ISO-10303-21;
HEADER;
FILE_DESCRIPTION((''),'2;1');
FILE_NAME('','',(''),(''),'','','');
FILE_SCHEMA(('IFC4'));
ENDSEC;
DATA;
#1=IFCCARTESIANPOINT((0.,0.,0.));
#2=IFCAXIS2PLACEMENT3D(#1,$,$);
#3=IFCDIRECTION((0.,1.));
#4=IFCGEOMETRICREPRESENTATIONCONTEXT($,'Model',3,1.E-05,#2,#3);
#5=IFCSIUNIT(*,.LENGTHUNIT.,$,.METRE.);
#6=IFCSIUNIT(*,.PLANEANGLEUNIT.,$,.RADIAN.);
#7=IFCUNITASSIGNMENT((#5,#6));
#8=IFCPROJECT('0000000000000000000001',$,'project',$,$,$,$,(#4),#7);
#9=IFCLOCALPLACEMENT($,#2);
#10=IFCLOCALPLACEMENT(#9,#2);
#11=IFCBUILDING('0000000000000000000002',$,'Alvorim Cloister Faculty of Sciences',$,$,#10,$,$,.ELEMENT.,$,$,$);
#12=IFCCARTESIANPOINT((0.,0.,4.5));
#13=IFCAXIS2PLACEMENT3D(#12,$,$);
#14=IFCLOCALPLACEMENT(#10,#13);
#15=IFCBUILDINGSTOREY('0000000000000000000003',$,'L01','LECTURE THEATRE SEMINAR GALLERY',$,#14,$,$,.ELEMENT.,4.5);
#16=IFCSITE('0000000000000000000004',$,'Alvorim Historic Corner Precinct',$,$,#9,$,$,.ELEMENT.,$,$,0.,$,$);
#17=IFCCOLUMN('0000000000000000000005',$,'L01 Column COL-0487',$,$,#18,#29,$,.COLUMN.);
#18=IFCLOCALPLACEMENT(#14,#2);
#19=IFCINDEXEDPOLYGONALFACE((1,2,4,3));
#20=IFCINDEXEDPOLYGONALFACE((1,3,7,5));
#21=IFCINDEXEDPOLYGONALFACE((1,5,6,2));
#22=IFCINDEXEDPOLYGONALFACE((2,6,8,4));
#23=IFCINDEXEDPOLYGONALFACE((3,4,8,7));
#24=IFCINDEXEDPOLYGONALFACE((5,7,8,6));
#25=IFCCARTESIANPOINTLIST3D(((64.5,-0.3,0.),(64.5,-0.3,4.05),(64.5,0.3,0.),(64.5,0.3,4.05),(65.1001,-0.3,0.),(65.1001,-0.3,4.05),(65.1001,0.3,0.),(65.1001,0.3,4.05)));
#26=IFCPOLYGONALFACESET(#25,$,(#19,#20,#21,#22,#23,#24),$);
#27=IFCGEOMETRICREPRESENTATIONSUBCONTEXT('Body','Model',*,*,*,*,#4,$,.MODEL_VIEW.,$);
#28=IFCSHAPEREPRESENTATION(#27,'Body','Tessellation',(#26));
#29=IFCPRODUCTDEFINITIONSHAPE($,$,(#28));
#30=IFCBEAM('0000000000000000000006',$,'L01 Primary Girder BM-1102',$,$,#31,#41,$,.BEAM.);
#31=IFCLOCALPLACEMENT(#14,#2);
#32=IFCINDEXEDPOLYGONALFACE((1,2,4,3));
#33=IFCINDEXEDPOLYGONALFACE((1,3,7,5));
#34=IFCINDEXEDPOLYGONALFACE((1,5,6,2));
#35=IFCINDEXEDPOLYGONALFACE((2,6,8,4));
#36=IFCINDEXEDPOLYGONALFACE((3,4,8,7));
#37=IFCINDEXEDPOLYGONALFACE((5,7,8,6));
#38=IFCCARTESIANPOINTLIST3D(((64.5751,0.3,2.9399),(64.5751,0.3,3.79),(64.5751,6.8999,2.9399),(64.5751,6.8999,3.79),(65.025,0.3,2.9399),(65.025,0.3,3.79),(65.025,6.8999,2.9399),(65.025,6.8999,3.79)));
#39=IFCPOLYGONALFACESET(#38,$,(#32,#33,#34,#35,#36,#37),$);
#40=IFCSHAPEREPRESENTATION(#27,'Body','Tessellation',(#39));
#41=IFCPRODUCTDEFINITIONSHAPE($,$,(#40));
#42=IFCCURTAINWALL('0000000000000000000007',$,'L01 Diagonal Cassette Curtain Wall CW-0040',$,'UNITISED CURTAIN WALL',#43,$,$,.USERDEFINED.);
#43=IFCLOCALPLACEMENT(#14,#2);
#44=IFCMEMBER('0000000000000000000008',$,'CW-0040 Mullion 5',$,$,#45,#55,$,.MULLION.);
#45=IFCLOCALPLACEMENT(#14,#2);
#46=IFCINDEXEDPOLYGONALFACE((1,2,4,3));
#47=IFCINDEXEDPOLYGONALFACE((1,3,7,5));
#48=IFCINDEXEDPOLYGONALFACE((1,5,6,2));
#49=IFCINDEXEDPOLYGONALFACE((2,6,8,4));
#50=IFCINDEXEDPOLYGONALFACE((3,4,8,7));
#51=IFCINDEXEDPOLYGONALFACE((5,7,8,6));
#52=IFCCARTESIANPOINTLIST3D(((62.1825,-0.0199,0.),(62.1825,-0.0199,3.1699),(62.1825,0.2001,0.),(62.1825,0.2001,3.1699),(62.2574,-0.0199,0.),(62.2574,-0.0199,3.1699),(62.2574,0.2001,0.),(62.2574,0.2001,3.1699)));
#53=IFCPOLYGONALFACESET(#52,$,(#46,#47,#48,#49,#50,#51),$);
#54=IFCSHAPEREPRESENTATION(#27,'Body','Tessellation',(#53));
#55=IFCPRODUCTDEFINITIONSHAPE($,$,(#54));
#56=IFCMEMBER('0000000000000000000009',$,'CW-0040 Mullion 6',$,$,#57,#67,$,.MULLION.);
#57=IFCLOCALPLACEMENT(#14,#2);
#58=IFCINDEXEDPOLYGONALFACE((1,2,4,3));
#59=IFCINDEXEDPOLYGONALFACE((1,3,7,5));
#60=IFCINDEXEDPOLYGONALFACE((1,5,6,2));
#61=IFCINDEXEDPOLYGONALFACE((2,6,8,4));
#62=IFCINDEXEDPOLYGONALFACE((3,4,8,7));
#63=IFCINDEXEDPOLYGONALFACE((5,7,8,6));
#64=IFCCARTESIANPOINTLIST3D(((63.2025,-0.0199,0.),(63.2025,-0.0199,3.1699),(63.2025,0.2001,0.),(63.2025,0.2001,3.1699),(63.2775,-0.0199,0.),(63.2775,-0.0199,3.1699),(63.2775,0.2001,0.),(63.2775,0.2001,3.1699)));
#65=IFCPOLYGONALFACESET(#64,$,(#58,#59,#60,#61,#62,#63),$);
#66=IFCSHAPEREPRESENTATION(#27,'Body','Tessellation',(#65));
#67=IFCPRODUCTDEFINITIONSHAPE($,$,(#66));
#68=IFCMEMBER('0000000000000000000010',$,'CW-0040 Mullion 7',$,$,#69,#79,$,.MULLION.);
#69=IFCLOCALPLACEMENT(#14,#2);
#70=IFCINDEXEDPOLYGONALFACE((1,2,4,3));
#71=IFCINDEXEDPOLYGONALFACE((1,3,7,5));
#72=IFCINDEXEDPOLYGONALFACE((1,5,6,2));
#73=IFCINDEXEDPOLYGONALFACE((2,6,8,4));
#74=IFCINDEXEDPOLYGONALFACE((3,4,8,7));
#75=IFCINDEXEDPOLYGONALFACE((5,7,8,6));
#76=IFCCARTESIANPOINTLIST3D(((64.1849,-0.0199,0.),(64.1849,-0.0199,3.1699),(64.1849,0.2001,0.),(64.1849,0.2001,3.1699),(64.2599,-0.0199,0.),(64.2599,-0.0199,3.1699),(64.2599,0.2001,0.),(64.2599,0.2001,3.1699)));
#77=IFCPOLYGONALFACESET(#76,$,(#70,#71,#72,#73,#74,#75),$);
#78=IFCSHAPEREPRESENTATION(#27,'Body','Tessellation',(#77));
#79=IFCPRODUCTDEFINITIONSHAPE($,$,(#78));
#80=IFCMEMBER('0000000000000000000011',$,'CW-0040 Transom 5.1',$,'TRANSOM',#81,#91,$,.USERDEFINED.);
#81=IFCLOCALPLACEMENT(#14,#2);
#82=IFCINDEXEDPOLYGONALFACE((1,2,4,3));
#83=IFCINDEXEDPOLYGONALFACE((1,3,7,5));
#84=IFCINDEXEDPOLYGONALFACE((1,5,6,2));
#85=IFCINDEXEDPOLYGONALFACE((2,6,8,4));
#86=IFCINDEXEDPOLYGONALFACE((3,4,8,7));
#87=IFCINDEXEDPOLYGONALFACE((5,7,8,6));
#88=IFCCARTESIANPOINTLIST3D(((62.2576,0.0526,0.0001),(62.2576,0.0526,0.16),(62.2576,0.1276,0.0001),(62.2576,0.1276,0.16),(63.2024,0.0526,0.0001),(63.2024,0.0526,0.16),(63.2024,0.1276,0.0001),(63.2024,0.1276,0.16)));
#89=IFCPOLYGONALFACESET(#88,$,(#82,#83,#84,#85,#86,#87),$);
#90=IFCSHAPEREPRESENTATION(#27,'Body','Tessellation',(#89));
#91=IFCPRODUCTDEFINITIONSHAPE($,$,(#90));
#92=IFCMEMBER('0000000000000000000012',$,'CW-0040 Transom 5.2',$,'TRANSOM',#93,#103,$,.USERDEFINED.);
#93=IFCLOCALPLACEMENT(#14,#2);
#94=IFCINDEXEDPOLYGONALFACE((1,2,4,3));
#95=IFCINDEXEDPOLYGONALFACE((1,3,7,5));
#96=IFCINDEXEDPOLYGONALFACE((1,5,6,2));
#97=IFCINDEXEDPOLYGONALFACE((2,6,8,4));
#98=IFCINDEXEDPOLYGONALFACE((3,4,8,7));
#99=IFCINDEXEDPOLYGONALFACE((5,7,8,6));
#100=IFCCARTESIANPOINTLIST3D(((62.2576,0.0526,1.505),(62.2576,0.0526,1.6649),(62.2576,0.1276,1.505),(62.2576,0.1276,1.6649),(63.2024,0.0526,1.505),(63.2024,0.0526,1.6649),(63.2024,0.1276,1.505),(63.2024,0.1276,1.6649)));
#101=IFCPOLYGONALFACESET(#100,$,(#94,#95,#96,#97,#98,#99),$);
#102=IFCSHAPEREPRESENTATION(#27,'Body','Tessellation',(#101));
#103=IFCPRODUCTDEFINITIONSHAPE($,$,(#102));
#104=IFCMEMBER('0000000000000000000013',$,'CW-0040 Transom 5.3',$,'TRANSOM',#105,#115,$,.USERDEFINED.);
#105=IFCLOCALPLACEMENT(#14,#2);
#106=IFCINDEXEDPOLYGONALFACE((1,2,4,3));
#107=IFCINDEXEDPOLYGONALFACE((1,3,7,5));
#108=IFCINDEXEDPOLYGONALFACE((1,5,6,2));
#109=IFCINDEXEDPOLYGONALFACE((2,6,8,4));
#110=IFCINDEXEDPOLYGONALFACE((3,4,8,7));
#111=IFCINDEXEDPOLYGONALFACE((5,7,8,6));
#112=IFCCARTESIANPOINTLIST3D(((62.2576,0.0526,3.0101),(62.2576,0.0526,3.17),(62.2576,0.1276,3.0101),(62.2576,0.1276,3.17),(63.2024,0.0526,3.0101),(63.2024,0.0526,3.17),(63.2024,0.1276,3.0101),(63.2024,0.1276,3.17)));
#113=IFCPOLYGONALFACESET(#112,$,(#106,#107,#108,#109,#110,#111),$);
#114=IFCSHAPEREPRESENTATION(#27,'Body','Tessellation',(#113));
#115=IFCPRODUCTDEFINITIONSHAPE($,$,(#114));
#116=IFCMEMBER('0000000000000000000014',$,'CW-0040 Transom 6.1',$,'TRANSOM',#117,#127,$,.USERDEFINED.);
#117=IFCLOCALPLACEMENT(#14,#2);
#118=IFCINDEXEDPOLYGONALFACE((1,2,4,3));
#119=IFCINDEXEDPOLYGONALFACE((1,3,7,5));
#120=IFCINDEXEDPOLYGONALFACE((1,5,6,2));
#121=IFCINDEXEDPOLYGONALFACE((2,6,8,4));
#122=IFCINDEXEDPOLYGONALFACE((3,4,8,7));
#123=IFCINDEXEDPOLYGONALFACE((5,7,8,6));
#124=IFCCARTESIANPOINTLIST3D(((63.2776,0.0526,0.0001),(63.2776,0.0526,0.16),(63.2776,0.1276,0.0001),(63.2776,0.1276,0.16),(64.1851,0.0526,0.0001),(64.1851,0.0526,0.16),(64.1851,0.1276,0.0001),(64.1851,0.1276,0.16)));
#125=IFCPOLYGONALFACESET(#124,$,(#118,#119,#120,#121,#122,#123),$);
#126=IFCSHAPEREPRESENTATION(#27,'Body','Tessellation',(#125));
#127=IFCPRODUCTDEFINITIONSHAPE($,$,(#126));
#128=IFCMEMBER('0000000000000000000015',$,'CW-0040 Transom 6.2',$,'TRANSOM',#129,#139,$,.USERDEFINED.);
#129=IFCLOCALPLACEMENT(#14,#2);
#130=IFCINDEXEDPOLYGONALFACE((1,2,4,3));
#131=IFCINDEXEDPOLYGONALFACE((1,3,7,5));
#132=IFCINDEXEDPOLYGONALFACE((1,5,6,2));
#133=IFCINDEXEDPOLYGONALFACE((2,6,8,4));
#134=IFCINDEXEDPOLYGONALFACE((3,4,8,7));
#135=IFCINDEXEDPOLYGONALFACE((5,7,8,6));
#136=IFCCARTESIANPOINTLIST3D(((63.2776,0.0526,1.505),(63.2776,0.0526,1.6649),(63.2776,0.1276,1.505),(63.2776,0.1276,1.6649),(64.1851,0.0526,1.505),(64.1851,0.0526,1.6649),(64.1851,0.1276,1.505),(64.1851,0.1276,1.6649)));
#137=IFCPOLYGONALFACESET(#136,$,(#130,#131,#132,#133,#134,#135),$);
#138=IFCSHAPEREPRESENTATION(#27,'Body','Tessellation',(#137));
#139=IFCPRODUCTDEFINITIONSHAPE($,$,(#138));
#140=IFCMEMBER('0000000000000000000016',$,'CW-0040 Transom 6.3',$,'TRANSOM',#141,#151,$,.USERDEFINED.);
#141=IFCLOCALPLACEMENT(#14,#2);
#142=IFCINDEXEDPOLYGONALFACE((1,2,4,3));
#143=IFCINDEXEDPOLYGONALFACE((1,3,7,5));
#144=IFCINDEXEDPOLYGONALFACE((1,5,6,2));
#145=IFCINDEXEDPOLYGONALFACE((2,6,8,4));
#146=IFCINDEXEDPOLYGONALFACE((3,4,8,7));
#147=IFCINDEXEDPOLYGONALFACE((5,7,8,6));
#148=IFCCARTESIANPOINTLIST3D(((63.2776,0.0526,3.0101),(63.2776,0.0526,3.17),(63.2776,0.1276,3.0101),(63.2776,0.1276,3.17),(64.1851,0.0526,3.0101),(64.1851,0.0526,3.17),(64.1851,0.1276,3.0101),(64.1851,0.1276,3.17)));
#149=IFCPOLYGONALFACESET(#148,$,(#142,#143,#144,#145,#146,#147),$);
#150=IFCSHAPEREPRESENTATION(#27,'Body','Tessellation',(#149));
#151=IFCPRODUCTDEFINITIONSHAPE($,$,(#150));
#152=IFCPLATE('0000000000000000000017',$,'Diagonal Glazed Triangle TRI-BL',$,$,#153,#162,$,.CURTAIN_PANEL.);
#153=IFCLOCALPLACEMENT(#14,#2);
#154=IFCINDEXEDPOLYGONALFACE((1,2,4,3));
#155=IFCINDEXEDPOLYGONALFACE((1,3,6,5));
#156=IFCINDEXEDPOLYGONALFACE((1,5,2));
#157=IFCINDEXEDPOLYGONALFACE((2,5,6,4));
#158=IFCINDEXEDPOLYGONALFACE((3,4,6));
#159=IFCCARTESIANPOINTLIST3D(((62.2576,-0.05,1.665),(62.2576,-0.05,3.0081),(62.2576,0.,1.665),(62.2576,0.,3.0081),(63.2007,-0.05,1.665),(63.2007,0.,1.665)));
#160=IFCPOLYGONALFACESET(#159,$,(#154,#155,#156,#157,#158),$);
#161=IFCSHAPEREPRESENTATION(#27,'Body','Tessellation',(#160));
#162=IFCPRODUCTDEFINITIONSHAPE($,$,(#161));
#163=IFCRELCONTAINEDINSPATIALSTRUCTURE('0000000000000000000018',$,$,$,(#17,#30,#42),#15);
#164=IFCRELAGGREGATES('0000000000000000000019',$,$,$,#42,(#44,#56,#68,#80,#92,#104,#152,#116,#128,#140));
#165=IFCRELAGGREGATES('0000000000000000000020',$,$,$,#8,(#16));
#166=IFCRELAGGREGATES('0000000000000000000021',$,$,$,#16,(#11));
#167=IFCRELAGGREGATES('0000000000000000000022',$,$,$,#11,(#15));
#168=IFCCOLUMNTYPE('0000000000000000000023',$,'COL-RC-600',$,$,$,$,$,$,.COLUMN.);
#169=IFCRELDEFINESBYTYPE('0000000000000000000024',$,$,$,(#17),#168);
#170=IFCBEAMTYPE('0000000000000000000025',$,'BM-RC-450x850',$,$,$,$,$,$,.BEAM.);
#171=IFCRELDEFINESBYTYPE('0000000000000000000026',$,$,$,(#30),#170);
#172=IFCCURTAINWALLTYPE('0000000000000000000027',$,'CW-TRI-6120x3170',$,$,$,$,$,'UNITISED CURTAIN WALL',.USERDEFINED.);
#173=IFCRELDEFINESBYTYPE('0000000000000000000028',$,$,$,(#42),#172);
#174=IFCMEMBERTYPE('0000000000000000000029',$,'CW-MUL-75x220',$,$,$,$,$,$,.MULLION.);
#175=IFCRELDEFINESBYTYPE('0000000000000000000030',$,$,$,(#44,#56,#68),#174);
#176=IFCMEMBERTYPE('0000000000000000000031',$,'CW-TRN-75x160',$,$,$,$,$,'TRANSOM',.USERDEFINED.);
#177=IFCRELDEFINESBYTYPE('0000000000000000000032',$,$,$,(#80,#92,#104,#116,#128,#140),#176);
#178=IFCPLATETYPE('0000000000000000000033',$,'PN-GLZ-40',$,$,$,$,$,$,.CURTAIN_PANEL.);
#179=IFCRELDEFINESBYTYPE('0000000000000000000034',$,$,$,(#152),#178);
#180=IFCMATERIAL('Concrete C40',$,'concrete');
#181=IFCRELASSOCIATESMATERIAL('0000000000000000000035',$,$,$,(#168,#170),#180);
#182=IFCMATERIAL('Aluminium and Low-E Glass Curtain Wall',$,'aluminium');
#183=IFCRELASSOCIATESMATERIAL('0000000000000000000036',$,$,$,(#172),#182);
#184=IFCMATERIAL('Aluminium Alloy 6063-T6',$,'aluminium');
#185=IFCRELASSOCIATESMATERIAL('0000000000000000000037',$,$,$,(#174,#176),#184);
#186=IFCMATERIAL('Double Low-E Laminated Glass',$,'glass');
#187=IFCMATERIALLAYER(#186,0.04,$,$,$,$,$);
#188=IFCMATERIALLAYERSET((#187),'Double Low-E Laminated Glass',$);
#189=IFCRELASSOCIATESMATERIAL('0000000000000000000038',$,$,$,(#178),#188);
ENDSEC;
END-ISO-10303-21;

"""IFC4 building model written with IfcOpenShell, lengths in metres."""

from ifc_helpers import new_model, si_unit, direction, frame, origin, origin_2d, place, context, subcontext, project, spatial, polyline, rectangle, outline, extrude, material, layer, layer_set, material_profile, profile_set, type_object, element, aggregate, save


model = new_model("IFC4")

# Units and contexts
model_context = context("Model", 3, precision=1e-05, world=origin(), true_north=direction((0.0, 1.0)))
body_context = subcontext(model_context, "Body", "Model", "MODEL_VIEW")
ifc_project = project(units=[si_unit("LENGTHUNIT", "METRE"), si_unit("PLANEANGLEUNIT", "RADIAN")], contexts=[model_context])

# Site, building, storey
site_placement = place(None, origin())
site = spatial("IfcSite", under=ifc_project, at=site_placement, Name="Alvorim Historic Corner Precinct", CompositionType="ELEMENT", RefElevation=0.0)
building_placement = place(site_placement, origin())
building = spatial("IfcBuilding", under=site, at=building_placement, Name="Alvorim Cloister Faculty of Sciences", CompositionType="ELEMENT")
storey_placement = place(building_placement, frame((0.0, 0.0, 4.5)))
storey = spatial("IfcBuildingStorey", under=building, at=storey_placement, Name="L01", Description="LECTURE THEATRE SEMINAR GALLERY", CompositionType="ELEMENT", Elevation=4.5)

# Column
ifc_material_1 = material(Name="Concrete C40", Category="concrete")
ifc_material_profile_1 = material_profile(ifc_material_1, rectangle(XDim=0.6001, YDim=0.6001, at=origin_2d()), Name="RC40-COL-600x600")
ifc_profile_set_1 = profile_set([ifc_material_profile_1], Name="Concrete C40")
column_type = type_object("IfcColumnType", Name="COL-RC-600", PredefinedType="COLUMN", material=ifc_profile_set_1)
column_placement = place(storey_placement, frame((64.8, 0.0, 0.0), z_axis=(0.0, 0.0, 1.0), x_axis=(1.0, 0.0, 0.0)))
element("IfcColumn", 1, at=column_placement, inside=storey, type_object=column_type, Name="L01 Column COL-0487", PredefinedType="COLUMN", context=body_context, shape_type="SweptSolid", body=[
    extrude(rectangle(XDim=0.6001, YDim=0.6001, at=origin_2d()), origin(), (0.0, 0.0, 1.0), 4.05),
])

# Beam
ifc_material_profile_2 = material_profile(ifc_material_1, rectangle(XDim=0.45, YDim=0.8501, at=origin_2d()), Name="RC40-BM-450x850")
ifc_profile_set_2 = profile_set([ifc_material_profile_2], Name="Concrete C40")
beam_type = type_object("IfcBeamType", Name="BM-RC-450x850", PredefinedType="BEAM", material=ifc_profile_set_2)
beam_placement = place(storey_placement, frame((64.8, 0.3, 3.365), z_axis=(0.0, 1.0, 0.0), x_axis=(-1.0, 0.0, 0.0)))
element("IfcBeam", 2, at=beam_placement, inside=storey, type_object=beam_type, Name="L01 Primary Girder BM-1102", PredefinedType="BEAM", context=body_context, shape_type="SweptSolid", body=[
    extrude(rectangle(XDim=0.45, YDim=0.8501, at=origin_2d()), origin(), (0.0, 0.0, 1.0), 6.5999),
])

# Curtain wall, members, plate
ifc_material_2 = material(Name="Aluminium and Low-E Glass Curtain Wall", Category="aluminium")
curtain_wall_type = type_object("IfcCurtainWallType", Name="CW-TRI-6120x3170", ElementType="UNITISED CURTAIN WALL", PredefinedType="USERDEFINED", material=ifc_material_2)
curtain_wall_placement = place(storey_placement, origin())
curtain_wall = element("IfcCurtainWall", 3, at=curtain_wall_placement, inside=storey, type_object=curtain_wall_type, Name="L01 Diagonal Cassette Curtain Wall CW-0040", ObjectType="UNITISED CURTAIN WALL", PredefinedType="USERDEFINED")
ifc_material_3 = material(Name="Aluminium Alloy 6063-T6", Category="aluminium")
ifc_material_profile_3 = material_profile(ifc_material_3, rectangle(XDim=0.075, YDim=0.22, at=origin_2d()), Name="ALU-MUL-75x220")
ifc_profile_set_3 = profile_set([ifc_material_profile_3], Name="Aluminium Alloy 6063-T6")
member_type_1 = type_object("IfcMemberType", Name="CW-MUL-75x220", PredefinedType="MULLION", material=ifc_profile_set_3)
member_1_placement = place(storey_placement, frame((62.22, 0.0901, 0.0), z_axis=(0.0, 0.0, 1.0), x_axis=(1.0, 0.0, 0.0)))
member_1 = element("IfcMember", 4, at=member_1_placement, type_object=member_type_1, Name="CW-0040 Mullion 5", PredefinedType="MULLION", context=body_context, shape_type="SweptSolid", body=[
    extrude(rectangle(XDim=0.075, YDim=0.22, at=origin_2d()), origin(), (0.0, 0.0, 1.0), 3.1699),
])
member_2_placement = place(storey_placement, frame((63.24, 0.0901, 0.0), z_axis=(0.0, 0.0, 1.0), x_axis=(1.0, 0.0, 0.0)))
member_2 = element("IfcMember", 5, at=member_2_placement, type_object=member_type_1, Name="CW-0040 Mullion 6", PredefinedType="MULLION", context=body_context, shape_type="SweptSolid", body=[
    extrude(rectangle(XDim=0.075, YDim=0.22, at=origin_2d()), origin(), (0.0, 0.0, 1.0), 3.1699),
])
member_3_placement = place(storey_placement, frame((64.2224, 0.0901, 0.0), z_axis=(0.0, 0.0, 1.0), x_axis=(1.0, 0.0, 0.0)))
member_3 = element("IfcMember", 6, at=member_3_placement, type_object=member_type_1, Name="CW-0040 Mullion 7", PredefinedType="MULLION", context=body_context, shape_type="SweptSolid", body=[
    extrude(rectangle(XDim=0.075, YDim=0.22, at=origin_2d()), origin(), (0.0, 0.0, 1.0), 3.1699),
])
ifc_material_profile_4 = material_profile(ifc_material_3, rectangle(XDim=0.075, YDim=0.1599, at=origin_2d()), Name="ALU-TRN-75x160")
ifc_profile_set_4 = profile_set([ifc_material_profile_4], Name="Aluminium Alloy 6063-T6")
member_type_2 = type_object("IfcMemberType", Name="CW-TRN-75x160", ElementType="TRANSOM", PredefinedType="USERDEFINED", material=ifc_profile_set_4)
member_4_placement = place(storey_placement, frame((62.2576, 0.0901, 0.0801), z_axis=(1.0, 0.0, 0.0), x_axis=(0.0, 1.0, 0.0)))
member_4 = element("IfcMember", 7, at=member_4_placement, type_object=member_type_2, Name="CW-0040 Transom 5.1", ObjectType="TRANSOM", PredefinedType="USERDEFINED", context=body_context, shape_type="SweptSolid", body=[
    extrude(rectangle(XDim=0.075, YDim=0.1599, at=origin_2d()), origin(), (0.0, 0.0, 1.0), 0.9448),
])
member_5_placement = place(storey_placement, frame((62.2576, 0.0901, 1.585), z_axis=(1.0, 0.0, 0.0), x_axis=(0.0, 1.0, 0.0)))
member_5 = element("IfcMember", 8, at=member_5_placement, type_object=member_type_2, Name="CW-0040 Transom 5.2", ObjectType="TRANSOM", PredefinedType="USERDEFINED", context=body_context, shape_type="SweptSolid", body=[
    extrude(rectangle(XDim=0.075, YDim=0.1599, at=origin_2d()), origin(), (0.0, 0.0, 1.0), 0.9448),
])
member_6_placement = place(storey_placement, frame((62.2576, 0.0901, 3.0901), z_axis=(1.0, 0.0, 0.0), x_axis=(0.0, 1.0, 0.0)))
member_6 = element("IfcMember", 9, at=member_6_placement, type_object=member_type_2, Name="CW-0040 Transom 5.3", ObjectType="TRANSOM", PredefinedType="USERDEFINED", context=body_context, shape_type="SweptSolid", body=[
    extrude(rectangle(XDim=0.075, YDim=0.1599, at=origin_2d()), origin(), (0.0, 0.0, 1.0), 0.9448),
])
member_7_placement = place(storey_placement, frame((63.2776, 0.0901, 0.0801), z_axis=(1.0, 0.0, 0.0), x_axis=(0.0, 1.0, 0.0)))
member_7 = element("IfcMember", 10, at=member_7_placement, type_object=member_type_2, Name="CW-0040 Transom 6.1", ObjectType="TRANSOM", PredefinedType="USERDEFINED", context=body_context, shape_type="SweptSolid", body=[
    extrude(rectangle(XDim=0.075, YDim=0.1599, at=origin_2d()), origin(), (0.0, 0.0, 1.0), 0.9075),
])
member_8_placement = place(storey_placement, frame((63.2776, 0.0901, 1.585), z_axis=(1.0, 0.0, 0.0), x_axis=(0.0, 1.0, 0.0)))
member_8 = element("IfcMember", 11, at=member_8_placement, type_object=member_type_2, Name="CW-0040 Transom 6.2", ObjectType="TRANSOM", PredefinedType="USERDEFINED", context=body_context, shape_type="SweptSolid", body=[
    extrude(rectangle(XDim=0.075, YDim=0.1599, at=origin_2d()), origin(), (0.0, 0.0, 1.0), 0.9075),
])
member_9_placement = place(storey_placement, frame((63.2776, 0.0901, 3.0901), z_axis=(1.0, 0.0, 0.0), x_axis=(0.0, 1.0, 0.0)))
member_9 = element("IfcMember", 12, at=member_9_placement, type_object=member_type_2, Name="CW-0040 Transom 6.3", ObjectType="TRANSOM", PredefinedType="USERDEFINED", context=body_context, shape_type="SweptSolid", body=[
    extrude(rectangle(XDim=0.075, YDim=0.1599, at=origin_2d()), origin(), (0.0, 0.0, 1.0), 0.9075),
])
ifc_material_4 = material(Name="Double Low-E Laminated Glass", Category="glass")
ifc_layer_1 = layer(ifc_material_4, 0.04)
ifc_layer_set_1 = layer_set([ifc_layer_1], Name="Double Low-E Laminated Glass")
plate_type = type_object("IfcPlateType", Name="PN-GLZ-40", PredefinedType="CURTAIN_PANEL", material=ifc_layer_set_1)
plate_1_placement = place(storey_placement, frame((62.2576, -0.0249, 1.665), z_axis=(0.0, 0.0, 1.0), x_axis=(1.0, 0.0, 0.0)))
plate_1 = element("IfcPlate", 13, at=plate_1_placement, type_object=plate_type, Name="Diagonal Glazed Triangle TRI-BL", PredefinedType="CURTAIN_PANEL", context=body_context, shape_type="SweptSolid", body=[
    extrude(outline(polyline([(0.0, 0.0), (0.9431, 0.0), (0.0, 1.343), (0.0, 0.0)])), frame((0.0, 0.0249, 0.0), z_axis=(0.0, -1.0, 0.0), x_axis=(1.0, 0.0, 0.0)), (0.0, 0.0, 1.0), 0.05),
])
aggregate(curtain_wall, [member_1, member_2, member_3, member_4, member_5, member_6, plate_1, member_7, member_8, member_9])

save(model, "model.ifc")
